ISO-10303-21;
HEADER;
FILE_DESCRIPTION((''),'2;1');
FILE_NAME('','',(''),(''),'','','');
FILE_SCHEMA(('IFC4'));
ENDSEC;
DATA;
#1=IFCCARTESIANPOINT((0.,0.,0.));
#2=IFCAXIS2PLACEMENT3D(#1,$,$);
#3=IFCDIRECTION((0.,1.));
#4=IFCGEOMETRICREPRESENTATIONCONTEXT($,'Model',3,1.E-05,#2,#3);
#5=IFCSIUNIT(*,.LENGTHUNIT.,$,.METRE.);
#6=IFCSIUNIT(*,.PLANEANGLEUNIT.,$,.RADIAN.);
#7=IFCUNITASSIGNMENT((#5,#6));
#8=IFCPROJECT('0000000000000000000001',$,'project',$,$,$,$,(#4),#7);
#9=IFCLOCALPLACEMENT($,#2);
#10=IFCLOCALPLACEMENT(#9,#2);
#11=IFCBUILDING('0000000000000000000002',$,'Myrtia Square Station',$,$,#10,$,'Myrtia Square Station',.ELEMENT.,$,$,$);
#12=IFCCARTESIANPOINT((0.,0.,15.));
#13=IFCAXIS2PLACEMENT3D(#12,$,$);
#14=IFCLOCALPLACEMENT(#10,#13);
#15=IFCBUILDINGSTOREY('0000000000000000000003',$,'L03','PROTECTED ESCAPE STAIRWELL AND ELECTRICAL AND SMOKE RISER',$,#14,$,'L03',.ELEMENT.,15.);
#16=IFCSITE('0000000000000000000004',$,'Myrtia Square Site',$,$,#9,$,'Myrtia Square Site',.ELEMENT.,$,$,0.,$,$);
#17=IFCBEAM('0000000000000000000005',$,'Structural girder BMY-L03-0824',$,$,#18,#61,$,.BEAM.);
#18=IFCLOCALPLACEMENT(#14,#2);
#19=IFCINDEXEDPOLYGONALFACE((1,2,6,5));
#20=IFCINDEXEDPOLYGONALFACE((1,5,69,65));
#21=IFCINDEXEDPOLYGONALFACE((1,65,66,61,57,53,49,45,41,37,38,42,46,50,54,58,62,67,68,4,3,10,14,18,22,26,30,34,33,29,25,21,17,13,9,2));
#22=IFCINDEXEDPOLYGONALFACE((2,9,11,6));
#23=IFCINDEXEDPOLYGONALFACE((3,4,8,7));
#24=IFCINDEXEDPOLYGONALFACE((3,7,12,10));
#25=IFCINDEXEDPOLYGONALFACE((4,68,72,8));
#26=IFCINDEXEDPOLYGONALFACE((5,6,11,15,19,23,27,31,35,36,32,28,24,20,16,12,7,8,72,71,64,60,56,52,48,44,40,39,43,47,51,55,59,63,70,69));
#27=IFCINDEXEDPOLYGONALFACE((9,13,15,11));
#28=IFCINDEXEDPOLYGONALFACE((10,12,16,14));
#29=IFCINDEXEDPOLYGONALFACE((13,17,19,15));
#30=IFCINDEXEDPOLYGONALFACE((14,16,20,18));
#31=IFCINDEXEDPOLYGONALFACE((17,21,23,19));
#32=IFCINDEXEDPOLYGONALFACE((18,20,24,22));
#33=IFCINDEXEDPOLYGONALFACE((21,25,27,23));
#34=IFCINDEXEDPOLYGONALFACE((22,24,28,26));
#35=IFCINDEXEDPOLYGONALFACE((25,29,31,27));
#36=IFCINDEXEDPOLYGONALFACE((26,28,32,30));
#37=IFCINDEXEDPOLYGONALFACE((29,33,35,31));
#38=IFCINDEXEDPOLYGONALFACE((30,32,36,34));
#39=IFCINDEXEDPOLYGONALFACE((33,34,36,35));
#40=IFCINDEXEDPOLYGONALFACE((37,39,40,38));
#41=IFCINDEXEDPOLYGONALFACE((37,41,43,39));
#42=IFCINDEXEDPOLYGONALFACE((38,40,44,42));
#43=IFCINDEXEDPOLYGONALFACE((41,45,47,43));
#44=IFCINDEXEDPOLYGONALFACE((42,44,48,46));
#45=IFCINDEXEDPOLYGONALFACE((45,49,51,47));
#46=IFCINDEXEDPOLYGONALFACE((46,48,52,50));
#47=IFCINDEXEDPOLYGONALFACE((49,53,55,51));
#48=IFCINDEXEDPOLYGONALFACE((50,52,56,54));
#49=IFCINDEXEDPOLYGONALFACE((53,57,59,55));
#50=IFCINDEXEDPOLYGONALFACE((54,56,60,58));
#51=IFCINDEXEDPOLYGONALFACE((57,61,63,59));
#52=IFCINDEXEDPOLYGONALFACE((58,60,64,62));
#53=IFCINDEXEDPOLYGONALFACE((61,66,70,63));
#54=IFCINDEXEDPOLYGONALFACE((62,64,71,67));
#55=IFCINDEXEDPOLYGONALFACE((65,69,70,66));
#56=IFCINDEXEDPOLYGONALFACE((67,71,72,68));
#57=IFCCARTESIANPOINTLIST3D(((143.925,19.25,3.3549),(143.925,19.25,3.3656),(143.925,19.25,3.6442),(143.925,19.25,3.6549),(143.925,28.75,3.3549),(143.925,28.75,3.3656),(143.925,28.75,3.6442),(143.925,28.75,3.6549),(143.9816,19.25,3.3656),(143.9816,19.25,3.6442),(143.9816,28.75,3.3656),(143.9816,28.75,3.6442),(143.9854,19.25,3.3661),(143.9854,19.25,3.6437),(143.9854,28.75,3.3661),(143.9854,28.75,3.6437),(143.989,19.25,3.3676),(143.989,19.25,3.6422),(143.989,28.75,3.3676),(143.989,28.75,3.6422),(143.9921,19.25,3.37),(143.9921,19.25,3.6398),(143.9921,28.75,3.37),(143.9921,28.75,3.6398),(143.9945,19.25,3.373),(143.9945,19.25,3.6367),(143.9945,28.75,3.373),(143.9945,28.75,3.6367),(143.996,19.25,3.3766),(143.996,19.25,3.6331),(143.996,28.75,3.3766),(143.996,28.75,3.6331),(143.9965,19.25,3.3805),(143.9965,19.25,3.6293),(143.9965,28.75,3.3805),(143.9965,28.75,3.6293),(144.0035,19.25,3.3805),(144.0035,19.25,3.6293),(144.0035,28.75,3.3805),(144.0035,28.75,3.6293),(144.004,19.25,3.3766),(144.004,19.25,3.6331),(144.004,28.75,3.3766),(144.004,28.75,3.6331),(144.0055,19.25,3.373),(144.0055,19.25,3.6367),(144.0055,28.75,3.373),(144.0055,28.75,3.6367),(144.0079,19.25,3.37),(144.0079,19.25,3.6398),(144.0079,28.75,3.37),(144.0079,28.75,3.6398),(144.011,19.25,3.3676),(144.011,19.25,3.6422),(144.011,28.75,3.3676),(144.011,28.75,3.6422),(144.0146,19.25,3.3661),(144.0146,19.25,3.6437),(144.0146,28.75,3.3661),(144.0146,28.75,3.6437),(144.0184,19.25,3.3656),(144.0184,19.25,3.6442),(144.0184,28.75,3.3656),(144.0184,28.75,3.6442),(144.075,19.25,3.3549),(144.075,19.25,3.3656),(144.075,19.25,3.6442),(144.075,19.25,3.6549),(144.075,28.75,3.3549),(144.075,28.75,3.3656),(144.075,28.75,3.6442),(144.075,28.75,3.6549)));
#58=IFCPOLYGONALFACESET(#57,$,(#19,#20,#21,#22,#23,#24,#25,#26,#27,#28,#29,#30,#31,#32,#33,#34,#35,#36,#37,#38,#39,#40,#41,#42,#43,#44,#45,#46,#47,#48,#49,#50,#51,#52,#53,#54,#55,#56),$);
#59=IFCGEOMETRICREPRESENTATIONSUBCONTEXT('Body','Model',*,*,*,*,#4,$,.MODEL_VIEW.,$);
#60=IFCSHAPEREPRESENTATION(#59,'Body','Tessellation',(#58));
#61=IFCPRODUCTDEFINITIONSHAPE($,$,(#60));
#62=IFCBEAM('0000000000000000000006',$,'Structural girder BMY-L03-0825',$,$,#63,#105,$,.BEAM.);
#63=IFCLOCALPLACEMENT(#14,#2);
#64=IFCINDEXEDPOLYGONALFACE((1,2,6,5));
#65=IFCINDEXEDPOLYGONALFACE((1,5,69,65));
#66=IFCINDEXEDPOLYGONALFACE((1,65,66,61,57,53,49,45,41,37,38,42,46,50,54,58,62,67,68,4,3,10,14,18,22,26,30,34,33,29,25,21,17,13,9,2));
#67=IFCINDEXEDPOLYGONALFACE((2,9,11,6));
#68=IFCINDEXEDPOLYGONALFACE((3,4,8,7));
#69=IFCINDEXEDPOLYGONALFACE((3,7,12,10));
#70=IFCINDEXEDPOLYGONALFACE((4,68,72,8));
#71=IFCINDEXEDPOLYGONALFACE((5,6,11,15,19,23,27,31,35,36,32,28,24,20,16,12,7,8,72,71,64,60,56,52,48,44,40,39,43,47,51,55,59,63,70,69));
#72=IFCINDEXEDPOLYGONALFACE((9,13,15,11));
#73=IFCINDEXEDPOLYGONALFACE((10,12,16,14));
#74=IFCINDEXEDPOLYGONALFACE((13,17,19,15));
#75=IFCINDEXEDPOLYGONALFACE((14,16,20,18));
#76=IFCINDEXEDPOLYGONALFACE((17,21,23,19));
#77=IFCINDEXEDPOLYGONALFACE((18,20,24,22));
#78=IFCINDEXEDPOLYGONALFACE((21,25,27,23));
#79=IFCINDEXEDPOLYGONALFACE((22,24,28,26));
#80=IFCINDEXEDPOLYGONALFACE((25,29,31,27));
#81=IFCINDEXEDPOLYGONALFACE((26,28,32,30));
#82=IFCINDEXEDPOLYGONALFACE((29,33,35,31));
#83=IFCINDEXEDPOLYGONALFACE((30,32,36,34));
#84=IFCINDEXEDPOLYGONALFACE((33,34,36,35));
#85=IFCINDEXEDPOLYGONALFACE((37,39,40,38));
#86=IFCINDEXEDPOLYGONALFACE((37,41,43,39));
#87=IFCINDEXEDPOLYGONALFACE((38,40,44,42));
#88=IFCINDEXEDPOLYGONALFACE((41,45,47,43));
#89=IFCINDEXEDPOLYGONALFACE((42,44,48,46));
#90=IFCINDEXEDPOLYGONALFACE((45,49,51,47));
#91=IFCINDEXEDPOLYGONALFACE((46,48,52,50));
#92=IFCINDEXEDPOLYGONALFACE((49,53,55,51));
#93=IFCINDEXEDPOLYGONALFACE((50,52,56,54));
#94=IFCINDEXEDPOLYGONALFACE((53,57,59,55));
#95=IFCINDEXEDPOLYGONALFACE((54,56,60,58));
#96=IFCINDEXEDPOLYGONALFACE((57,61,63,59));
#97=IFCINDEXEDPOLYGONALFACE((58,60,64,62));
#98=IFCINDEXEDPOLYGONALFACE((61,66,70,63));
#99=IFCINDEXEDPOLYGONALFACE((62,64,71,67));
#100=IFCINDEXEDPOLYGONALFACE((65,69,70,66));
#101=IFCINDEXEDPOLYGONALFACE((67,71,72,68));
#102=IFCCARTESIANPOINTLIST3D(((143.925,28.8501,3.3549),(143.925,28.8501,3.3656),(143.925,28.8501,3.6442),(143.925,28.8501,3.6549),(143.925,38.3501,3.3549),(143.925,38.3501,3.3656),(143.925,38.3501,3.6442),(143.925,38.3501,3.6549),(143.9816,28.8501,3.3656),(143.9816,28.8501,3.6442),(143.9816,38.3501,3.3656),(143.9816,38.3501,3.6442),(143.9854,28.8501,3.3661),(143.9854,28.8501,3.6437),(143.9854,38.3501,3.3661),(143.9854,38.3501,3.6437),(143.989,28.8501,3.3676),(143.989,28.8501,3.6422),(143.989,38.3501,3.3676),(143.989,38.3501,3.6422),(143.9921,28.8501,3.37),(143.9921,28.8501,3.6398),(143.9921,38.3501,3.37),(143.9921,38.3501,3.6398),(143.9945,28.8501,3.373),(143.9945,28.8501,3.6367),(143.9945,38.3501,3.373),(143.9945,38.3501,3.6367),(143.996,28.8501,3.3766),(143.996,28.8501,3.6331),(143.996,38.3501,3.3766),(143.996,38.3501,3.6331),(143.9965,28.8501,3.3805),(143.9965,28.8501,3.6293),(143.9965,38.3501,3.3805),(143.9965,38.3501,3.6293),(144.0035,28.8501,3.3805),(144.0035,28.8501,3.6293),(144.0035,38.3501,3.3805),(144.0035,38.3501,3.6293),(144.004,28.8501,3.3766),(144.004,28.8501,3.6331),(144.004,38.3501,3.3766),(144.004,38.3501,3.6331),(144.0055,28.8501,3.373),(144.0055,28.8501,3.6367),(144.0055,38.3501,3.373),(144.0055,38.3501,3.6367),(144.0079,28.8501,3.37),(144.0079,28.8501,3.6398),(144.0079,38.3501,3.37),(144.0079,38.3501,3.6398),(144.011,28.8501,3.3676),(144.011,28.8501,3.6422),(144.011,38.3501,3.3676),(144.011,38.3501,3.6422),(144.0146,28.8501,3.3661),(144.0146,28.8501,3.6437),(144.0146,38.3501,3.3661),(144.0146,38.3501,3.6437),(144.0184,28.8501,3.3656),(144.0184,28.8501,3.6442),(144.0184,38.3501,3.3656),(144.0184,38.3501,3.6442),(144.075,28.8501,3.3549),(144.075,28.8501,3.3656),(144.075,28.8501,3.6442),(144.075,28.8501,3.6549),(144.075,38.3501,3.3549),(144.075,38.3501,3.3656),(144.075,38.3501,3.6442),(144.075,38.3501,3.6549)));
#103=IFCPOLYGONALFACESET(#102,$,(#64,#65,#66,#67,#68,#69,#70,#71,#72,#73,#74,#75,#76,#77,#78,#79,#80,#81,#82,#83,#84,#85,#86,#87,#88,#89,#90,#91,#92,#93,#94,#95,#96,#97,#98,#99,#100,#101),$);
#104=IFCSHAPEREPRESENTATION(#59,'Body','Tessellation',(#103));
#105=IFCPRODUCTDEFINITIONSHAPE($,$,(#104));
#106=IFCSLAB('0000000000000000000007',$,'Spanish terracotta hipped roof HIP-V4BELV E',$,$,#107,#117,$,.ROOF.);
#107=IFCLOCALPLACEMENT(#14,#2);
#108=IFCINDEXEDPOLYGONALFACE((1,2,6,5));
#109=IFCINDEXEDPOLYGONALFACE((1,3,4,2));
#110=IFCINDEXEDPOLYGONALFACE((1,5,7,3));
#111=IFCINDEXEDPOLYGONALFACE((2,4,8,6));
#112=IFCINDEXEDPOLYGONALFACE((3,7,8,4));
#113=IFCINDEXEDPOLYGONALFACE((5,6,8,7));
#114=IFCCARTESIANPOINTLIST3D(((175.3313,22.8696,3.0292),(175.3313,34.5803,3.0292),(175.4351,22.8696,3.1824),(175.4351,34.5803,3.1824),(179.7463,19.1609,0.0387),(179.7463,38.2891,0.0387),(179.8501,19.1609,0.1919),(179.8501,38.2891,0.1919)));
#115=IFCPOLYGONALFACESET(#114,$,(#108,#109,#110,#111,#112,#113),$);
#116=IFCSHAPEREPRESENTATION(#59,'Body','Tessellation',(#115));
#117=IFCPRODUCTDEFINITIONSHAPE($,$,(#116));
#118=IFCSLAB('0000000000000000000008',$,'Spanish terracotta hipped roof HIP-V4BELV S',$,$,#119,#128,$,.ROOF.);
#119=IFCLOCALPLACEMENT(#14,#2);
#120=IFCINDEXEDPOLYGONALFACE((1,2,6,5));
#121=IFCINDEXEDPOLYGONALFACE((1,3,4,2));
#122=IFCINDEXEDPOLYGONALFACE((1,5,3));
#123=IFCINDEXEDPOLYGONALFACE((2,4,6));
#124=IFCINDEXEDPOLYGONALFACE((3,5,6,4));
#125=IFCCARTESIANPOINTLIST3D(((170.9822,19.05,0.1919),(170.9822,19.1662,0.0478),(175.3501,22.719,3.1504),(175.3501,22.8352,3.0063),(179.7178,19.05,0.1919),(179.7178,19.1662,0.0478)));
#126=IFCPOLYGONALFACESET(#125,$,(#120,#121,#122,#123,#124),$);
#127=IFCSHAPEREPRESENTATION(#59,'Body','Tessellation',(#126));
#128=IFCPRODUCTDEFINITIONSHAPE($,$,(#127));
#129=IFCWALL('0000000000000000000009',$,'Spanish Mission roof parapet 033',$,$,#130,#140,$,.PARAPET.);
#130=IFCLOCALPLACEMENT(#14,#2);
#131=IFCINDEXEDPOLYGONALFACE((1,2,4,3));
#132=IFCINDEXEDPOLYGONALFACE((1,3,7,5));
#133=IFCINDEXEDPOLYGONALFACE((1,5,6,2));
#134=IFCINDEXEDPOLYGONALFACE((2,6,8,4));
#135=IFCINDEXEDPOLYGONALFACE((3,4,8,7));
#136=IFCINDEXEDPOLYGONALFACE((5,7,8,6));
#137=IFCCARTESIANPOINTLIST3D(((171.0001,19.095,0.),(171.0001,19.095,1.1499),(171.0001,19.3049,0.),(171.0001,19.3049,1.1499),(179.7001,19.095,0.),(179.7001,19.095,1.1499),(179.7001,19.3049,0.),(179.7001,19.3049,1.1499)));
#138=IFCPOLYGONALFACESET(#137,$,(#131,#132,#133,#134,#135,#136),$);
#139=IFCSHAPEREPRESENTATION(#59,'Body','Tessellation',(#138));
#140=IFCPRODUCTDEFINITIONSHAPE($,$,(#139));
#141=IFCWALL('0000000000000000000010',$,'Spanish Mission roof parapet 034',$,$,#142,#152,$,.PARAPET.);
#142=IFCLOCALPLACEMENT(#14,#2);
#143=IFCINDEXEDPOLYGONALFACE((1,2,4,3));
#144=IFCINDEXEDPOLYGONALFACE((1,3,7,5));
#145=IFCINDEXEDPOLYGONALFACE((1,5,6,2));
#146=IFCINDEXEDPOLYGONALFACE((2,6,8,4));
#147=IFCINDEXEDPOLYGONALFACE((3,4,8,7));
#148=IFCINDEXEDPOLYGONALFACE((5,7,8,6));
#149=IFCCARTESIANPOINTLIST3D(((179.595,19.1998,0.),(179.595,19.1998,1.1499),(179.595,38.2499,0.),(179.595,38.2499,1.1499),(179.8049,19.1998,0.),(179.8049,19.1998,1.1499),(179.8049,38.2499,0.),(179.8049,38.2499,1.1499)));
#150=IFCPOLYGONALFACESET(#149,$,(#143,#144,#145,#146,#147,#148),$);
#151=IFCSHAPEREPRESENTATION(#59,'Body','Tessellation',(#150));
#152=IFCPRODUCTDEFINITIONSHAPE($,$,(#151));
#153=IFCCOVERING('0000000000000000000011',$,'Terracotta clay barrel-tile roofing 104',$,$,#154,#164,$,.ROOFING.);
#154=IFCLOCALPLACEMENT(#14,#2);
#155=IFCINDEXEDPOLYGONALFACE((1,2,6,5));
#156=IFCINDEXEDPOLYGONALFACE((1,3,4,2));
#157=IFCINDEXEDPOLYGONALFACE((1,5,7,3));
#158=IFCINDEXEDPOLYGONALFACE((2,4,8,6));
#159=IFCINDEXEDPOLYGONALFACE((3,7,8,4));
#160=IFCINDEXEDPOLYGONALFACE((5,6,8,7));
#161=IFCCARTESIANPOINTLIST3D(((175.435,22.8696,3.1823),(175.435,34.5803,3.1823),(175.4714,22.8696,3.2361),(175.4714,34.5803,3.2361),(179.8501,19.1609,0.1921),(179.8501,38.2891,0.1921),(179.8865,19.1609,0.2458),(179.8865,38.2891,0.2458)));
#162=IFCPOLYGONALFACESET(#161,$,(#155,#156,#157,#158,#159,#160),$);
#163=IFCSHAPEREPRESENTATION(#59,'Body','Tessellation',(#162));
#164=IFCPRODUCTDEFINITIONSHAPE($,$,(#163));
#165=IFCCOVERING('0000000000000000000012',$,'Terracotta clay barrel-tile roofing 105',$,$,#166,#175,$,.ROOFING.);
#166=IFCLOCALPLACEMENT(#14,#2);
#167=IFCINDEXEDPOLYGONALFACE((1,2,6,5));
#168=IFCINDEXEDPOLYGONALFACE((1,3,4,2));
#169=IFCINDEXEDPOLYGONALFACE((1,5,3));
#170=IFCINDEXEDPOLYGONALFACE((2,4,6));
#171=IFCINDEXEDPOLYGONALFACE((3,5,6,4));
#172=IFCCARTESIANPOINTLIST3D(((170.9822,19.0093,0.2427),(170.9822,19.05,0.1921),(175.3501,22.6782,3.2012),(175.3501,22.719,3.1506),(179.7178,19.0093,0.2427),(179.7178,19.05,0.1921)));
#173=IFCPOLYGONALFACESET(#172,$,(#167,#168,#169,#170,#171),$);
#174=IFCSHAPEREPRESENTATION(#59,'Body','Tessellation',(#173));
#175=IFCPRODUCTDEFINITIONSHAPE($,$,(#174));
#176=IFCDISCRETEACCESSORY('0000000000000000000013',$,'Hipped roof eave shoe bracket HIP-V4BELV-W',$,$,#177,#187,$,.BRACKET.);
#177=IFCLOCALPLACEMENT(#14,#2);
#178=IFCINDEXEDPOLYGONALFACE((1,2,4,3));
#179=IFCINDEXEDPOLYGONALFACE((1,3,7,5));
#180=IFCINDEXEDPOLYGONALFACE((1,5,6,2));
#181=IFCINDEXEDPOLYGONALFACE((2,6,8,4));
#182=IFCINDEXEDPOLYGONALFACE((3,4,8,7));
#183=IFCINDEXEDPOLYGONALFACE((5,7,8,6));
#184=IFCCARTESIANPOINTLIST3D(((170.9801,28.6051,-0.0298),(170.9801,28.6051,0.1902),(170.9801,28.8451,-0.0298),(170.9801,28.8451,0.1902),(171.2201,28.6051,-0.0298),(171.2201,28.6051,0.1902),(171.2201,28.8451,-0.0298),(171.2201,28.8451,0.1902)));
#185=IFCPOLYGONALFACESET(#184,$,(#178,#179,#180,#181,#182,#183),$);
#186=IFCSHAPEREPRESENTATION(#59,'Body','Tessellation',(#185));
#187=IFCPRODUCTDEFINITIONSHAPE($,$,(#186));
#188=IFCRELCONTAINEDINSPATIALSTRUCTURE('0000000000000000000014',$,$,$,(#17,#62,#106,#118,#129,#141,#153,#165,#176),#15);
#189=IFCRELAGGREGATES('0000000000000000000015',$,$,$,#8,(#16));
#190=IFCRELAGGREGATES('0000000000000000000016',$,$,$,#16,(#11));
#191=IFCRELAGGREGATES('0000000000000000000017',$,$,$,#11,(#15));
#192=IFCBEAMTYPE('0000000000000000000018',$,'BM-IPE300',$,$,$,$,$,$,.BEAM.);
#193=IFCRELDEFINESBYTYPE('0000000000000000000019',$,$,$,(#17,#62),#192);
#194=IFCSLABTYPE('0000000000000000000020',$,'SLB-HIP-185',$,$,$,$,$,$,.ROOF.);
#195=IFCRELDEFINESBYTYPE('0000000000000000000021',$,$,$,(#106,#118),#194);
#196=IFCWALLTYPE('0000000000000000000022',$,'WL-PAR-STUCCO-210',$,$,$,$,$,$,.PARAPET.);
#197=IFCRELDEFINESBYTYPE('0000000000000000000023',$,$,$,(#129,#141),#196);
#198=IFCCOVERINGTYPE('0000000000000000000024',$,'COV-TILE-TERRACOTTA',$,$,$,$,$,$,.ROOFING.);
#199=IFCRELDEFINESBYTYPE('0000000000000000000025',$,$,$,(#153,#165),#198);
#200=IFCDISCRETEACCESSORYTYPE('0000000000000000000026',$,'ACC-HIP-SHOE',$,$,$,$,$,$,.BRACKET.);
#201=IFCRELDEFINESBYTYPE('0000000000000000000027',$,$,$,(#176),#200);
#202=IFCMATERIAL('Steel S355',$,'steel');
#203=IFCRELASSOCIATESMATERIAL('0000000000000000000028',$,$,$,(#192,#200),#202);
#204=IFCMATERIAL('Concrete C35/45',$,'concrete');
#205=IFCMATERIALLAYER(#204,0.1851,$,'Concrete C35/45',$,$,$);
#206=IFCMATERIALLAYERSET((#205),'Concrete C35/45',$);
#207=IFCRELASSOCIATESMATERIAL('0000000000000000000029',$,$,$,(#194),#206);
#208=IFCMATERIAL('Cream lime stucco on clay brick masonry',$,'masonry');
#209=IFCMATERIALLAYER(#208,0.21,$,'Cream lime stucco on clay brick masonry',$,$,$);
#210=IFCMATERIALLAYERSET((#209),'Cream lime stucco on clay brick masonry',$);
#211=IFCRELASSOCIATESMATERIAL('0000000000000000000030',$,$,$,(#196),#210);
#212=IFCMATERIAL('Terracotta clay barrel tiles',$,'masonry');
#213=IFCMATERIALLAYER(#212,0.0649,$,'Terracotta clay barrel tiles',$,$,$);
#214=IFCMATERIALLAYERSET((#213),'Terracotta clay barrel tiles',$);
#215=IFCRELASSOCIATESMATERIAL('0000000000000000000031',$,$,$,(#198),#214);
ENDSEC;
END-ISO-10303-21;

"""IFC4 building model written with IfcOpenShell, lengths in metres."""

from ifc_helpers import new_model, si_unit, direction, frame, frame_2d, origin, origin_2d, place, context, subcontext, project, spatial, polyline, rectangle, i_section, outline, extrude, material, layer, layer_set, material_profile, profile_set, type_object, element, save


model = new_model("IFC4")

# Units and contexts
model_context = context("Model", 3, precision=1e-05, world=origin(), true_north=direction((0.0, 1.0)))
body_context = subcontext(model_context, "Body", "Model", "MODEL_VIEW")
ifc_project = project(units=[si_unit("LENGTHUNIT", "METRE"), si_unit("PLANEANGLEUNIT", "RADIAN")], contexts=[model_context])

# Site, building, storey
site_placement = place(None, origin())
site = spatial("IfcSite", under=ifc_project, at=site_placement, Name="Myrtia Square Site", LongName="Myrtia Square Site", CompositionType="ELEMENT", RefElevation=0.0)
building_placement = place(site_placement, origin())
building = spatial("IfcBuilding", under=site, at=building_placement, Name="Myrtia Square Station", LongName="Myrtia Square Station", CompositionType="ELEMENT")
storey_placement = place(building_placement, frame((0.0, 0.0, 15.0)))
storey = spatial("IfcBuildingStorey", under=building, at=storey_placement, Name="L03", Description="PROTECTED ESCAPE STAIRWELL AND ELECTRICAL AND SMOKE RISER", LongName="L03", CompositionType="ELEMENT", Elevation=15.0)

# Shared definitions
ifc_material_1 = material(Name="Steel S355", Category="steel")

# Beams
ifc_material_profile_1 = material_profile(ifc_material_1, i_section(OverallWidth=0.1499, OverallDepth=0.3, WebThickness=0.0071, FlangeThickness=0.0107, FilletRadius=0.0149, at=origin_2d()), Name="IPE 300")
ifc_profile_set_1 = profile_set([ifc_material_profile_1], Name="Steel S355")
beam_type = type_object("IfcBeamType", Name="BM-IPE300", PredefinedType="BEAM", material=ifc_profile_set_1)
for number, where, z_axis, x_axis, name in (
    (1, (144.0, 19.25, 3.5049), (0.0, 1.0, 0.0), (-1.0, 0.0, 0.0), "Structural girder BMY-L03-0824"),
    (2, (144.0, 28.8501, 3.5049), (0.0, 1.0, 0.0), (-1.0, 0.0, 0.0), "Structural girder BMY-L03-0825"),
):
    element("IfcBeam", number, at=place(storey_placement, frame(where, z_axis=z_axis, x_axis=x_axis)), inside=storey, type_object=beam_type, Name=name, PredefinedType="BEAM", context=body_context, shape_type="SweptSolid", body=[
        extrude(i_section(OverallWidth=0.1499, OverallDepth=0.3, WebThickness=0.0071, FlangeThickness=0.0107, FilletRadius=0.0149, at=origin_2d()), origin(), (0.0, 0.0, 1.0), 9.5),
    ])

# Slabs
ifc_material_2 = material(Name="Concrete C35/45", Category="concrete")
ifc_layer_1 = layer(ifc_material_2, 0.1851, Name="Concrete C35/45")
ifc_layer_set_1 = layer_set([ifc_layer_1], Name="Concrete C35/45")
slab_type = type_object("IfcSlabType", Name="SLB-HIP-185", PredefinedType="ROOF", material=ifc_layer_set_1)
slab_1_placement = place(storey_placement, frame((179.8501, 19.1609, 0.1919), z_axis=(0.560803, 0.0, 0.82795), x_axis=(0.0, 1.0, 0.0)))
element("IfcSlab", 3, at=slab_1_placement, inside=storey, type_object=slab_type, Name="Spanish terracotta hipped roof HIP-V4BELV E", PredefinedType="ROOF", context=body_context, shape_type="SweptSolid", body=[
    extrude(outline(polyline([(0.0, 0.0), (19.1282, 0.0), (15.4194, 5.3325), (3.7087, 5.3325), (0.0, 0.0)])), origin(), (0.0, 0.0, -1.0), 0.1851),
])
slab_2_placement = place(storey_placement, frame((170.9822, 19.05, 0.1919), z_axis=(0.0, -0.62771, 0.778447), x_axis=(1.0, 0.0, 0.0)))
element("IfcSlab", 4, at=slab_2_placement, inside=storey, type_object=slab_type, Name="Spanish terracotta hipped roof HIP-V4BELV S", PredefinedType="ROOF", context=body_context, shape_type="SweptSolid", body=[
    extrude(outline(polyline([(0.0, 0.0), (8.7356, 0.0), (4.3679, 4.7132), (0.0, 0.0)])), origin(), (0.0, 0.0, -1.0), 0.1851),
])

# Walls
ifc_material_3 = material(Name="Cream lime stucco on clay brick masonry", Category="masonry")
ifc_layer_2 = layer(ifc_material_3, 0.21, Name="Cream lime stucco on clay brick masonry")
ifc_layer_set_2 = layer_set([ifc_layer_2], Name="Cream lime stucco on clay brick masonry")
wall_type = type_object("IfcWallType", Name="WL-PAR-STUCCO-210", PredefinedType="PARAPET", material=ifc_layer_set_2)
wall_1_placement = place(storey_placement, frame((171.0, 19.2, 0.0), z_axis=(0.0, 0.0, 1.0), x_axis=(1.0, 0.0, 0.0)))
element("IfcWall", 5, at=wall_1_placement, inside=storey, type_object=wall_type, Name="Spanish Mission roof parapet 033", PredefinedType="PARAPET", context=body_context, shape_type="SweptSolid", body=[
    extrude(rectangle(XDim=8.7, YDim=0.21, at=frame_2d((4.3501, 0.0))), origin(), (0.0, 0.0, 1.0), 1.1499),
])
wall_2_placement = place(storey_placement, frame((179.7, 19.2, 0.0), z_axis=(0.0, 0.0, 1.0), x_axis=(0.0, 1.0, 0.0)))
element("IfcWall", 6, at=wall_2_placement, inside=storey, type_object=wall_type, Name="Spanish Mission roof parapet 034", PredefinedType="PARAPET", context=body_context, shape_type="SweptSolid", body=[
    extrude(rectangle(XDim=19.05, YDim=0.21, at=frame_2d((9.5249, 0.0))), origin(), (0.0, 0.0, 1.0), 1.1499),
])

# Coverings
ifc_material_4 = material(Name="Terracotta clay barrel tiles", Category="masonry")
ifc_layer_3 = layer(ifc_material_4, 0.0649, Name="Terracotta clay barrel tiles")
ifc_layer_set_3 = layer_set([ifc_layer_3], Name="Terracotta clay barrel tiles")
covering_type = type_object("IfcCoveringType", Name="COV-TILE-TERRACOTTA", PredefinedType="ROOFING", material=ifc_layer_set_3)
covering_1_placement = place(storey_placement, frame((179.8865, 19.1609, 0.2458), z_axis=(0.560771, 0.0, 0.827971), x_axis=(0.0, 1.0, 0.0)))
element("IfcCovering", 7, at=covering_1_placement, inside=storey, type_object=covering_type, Name="Terracotta clay barrel-tile roofing 104", PredefinedType="ROOFING", context=body_context, shape_type="SweptSolid", body=[
    extrude(outline(polyline([(0.0, 0.0), (19.1282, 0.0), (15.4194, 5.3324), (3.7087, 5.3324), (0.0, 0.0)])), origin(), (0.0, 0.0, -1.0), 0.0649),
])
covering_2_placement = place(storey_placement, frame((170.9822, 19.0093, 0.2427), z_axis=(0.0, -0.62771, 0.778447), x_axis=(1.0, 0.0, 0.0)))
element("IfcCovering", 8, at=covering_2_placement, inside=storey, type_object=covering_type, Name="Terracotta clay barrel-tile roofing 105", PredefinedType="ROOFING", context=body_context, shape_type="SweptSolid", body=[
    extrude(outline(polyline([(0.0, 0.0), (8.7356, 0.0), (4.3679, 4.7132), (0.0, 0.0)])), origin(), (0.0, 0.0, -1.0), 0.0649),
])

# Discrete accessory
discrete_accessory_type = type_object("IfcDiscreteAccessoryType", Name="ACC-HIP-SHOE", PredefinedType="BRACKET", material=ifc_material_1)
for number, where, z_axis, x_axis, name in (
    (9, (171.1001, 28.7251, -0.0298), (0.0, 0.0, 1.0), (1.0, 0.0, 0.0), "Hipped roof eave shoe bracket HIP-V4BELV-W"),
):
    element("IfcDiscreteAccessory", number, at=place(storey_placement, frame(where, z_axis=z_axis, x_axis=x_axis)), inside=storey, type_object=discrete_accessory_type, Name=name, PredefinedType="BRACKET", context=body_context, shape_type="SweptSolid", body=[
        extrude(rectangle(XDim=0.24, YDim=0.24, at=origin_2d()), origin(), (0.0, 0.0, 1.0), 0.22),
    ])

save(model, "model.ifc")
